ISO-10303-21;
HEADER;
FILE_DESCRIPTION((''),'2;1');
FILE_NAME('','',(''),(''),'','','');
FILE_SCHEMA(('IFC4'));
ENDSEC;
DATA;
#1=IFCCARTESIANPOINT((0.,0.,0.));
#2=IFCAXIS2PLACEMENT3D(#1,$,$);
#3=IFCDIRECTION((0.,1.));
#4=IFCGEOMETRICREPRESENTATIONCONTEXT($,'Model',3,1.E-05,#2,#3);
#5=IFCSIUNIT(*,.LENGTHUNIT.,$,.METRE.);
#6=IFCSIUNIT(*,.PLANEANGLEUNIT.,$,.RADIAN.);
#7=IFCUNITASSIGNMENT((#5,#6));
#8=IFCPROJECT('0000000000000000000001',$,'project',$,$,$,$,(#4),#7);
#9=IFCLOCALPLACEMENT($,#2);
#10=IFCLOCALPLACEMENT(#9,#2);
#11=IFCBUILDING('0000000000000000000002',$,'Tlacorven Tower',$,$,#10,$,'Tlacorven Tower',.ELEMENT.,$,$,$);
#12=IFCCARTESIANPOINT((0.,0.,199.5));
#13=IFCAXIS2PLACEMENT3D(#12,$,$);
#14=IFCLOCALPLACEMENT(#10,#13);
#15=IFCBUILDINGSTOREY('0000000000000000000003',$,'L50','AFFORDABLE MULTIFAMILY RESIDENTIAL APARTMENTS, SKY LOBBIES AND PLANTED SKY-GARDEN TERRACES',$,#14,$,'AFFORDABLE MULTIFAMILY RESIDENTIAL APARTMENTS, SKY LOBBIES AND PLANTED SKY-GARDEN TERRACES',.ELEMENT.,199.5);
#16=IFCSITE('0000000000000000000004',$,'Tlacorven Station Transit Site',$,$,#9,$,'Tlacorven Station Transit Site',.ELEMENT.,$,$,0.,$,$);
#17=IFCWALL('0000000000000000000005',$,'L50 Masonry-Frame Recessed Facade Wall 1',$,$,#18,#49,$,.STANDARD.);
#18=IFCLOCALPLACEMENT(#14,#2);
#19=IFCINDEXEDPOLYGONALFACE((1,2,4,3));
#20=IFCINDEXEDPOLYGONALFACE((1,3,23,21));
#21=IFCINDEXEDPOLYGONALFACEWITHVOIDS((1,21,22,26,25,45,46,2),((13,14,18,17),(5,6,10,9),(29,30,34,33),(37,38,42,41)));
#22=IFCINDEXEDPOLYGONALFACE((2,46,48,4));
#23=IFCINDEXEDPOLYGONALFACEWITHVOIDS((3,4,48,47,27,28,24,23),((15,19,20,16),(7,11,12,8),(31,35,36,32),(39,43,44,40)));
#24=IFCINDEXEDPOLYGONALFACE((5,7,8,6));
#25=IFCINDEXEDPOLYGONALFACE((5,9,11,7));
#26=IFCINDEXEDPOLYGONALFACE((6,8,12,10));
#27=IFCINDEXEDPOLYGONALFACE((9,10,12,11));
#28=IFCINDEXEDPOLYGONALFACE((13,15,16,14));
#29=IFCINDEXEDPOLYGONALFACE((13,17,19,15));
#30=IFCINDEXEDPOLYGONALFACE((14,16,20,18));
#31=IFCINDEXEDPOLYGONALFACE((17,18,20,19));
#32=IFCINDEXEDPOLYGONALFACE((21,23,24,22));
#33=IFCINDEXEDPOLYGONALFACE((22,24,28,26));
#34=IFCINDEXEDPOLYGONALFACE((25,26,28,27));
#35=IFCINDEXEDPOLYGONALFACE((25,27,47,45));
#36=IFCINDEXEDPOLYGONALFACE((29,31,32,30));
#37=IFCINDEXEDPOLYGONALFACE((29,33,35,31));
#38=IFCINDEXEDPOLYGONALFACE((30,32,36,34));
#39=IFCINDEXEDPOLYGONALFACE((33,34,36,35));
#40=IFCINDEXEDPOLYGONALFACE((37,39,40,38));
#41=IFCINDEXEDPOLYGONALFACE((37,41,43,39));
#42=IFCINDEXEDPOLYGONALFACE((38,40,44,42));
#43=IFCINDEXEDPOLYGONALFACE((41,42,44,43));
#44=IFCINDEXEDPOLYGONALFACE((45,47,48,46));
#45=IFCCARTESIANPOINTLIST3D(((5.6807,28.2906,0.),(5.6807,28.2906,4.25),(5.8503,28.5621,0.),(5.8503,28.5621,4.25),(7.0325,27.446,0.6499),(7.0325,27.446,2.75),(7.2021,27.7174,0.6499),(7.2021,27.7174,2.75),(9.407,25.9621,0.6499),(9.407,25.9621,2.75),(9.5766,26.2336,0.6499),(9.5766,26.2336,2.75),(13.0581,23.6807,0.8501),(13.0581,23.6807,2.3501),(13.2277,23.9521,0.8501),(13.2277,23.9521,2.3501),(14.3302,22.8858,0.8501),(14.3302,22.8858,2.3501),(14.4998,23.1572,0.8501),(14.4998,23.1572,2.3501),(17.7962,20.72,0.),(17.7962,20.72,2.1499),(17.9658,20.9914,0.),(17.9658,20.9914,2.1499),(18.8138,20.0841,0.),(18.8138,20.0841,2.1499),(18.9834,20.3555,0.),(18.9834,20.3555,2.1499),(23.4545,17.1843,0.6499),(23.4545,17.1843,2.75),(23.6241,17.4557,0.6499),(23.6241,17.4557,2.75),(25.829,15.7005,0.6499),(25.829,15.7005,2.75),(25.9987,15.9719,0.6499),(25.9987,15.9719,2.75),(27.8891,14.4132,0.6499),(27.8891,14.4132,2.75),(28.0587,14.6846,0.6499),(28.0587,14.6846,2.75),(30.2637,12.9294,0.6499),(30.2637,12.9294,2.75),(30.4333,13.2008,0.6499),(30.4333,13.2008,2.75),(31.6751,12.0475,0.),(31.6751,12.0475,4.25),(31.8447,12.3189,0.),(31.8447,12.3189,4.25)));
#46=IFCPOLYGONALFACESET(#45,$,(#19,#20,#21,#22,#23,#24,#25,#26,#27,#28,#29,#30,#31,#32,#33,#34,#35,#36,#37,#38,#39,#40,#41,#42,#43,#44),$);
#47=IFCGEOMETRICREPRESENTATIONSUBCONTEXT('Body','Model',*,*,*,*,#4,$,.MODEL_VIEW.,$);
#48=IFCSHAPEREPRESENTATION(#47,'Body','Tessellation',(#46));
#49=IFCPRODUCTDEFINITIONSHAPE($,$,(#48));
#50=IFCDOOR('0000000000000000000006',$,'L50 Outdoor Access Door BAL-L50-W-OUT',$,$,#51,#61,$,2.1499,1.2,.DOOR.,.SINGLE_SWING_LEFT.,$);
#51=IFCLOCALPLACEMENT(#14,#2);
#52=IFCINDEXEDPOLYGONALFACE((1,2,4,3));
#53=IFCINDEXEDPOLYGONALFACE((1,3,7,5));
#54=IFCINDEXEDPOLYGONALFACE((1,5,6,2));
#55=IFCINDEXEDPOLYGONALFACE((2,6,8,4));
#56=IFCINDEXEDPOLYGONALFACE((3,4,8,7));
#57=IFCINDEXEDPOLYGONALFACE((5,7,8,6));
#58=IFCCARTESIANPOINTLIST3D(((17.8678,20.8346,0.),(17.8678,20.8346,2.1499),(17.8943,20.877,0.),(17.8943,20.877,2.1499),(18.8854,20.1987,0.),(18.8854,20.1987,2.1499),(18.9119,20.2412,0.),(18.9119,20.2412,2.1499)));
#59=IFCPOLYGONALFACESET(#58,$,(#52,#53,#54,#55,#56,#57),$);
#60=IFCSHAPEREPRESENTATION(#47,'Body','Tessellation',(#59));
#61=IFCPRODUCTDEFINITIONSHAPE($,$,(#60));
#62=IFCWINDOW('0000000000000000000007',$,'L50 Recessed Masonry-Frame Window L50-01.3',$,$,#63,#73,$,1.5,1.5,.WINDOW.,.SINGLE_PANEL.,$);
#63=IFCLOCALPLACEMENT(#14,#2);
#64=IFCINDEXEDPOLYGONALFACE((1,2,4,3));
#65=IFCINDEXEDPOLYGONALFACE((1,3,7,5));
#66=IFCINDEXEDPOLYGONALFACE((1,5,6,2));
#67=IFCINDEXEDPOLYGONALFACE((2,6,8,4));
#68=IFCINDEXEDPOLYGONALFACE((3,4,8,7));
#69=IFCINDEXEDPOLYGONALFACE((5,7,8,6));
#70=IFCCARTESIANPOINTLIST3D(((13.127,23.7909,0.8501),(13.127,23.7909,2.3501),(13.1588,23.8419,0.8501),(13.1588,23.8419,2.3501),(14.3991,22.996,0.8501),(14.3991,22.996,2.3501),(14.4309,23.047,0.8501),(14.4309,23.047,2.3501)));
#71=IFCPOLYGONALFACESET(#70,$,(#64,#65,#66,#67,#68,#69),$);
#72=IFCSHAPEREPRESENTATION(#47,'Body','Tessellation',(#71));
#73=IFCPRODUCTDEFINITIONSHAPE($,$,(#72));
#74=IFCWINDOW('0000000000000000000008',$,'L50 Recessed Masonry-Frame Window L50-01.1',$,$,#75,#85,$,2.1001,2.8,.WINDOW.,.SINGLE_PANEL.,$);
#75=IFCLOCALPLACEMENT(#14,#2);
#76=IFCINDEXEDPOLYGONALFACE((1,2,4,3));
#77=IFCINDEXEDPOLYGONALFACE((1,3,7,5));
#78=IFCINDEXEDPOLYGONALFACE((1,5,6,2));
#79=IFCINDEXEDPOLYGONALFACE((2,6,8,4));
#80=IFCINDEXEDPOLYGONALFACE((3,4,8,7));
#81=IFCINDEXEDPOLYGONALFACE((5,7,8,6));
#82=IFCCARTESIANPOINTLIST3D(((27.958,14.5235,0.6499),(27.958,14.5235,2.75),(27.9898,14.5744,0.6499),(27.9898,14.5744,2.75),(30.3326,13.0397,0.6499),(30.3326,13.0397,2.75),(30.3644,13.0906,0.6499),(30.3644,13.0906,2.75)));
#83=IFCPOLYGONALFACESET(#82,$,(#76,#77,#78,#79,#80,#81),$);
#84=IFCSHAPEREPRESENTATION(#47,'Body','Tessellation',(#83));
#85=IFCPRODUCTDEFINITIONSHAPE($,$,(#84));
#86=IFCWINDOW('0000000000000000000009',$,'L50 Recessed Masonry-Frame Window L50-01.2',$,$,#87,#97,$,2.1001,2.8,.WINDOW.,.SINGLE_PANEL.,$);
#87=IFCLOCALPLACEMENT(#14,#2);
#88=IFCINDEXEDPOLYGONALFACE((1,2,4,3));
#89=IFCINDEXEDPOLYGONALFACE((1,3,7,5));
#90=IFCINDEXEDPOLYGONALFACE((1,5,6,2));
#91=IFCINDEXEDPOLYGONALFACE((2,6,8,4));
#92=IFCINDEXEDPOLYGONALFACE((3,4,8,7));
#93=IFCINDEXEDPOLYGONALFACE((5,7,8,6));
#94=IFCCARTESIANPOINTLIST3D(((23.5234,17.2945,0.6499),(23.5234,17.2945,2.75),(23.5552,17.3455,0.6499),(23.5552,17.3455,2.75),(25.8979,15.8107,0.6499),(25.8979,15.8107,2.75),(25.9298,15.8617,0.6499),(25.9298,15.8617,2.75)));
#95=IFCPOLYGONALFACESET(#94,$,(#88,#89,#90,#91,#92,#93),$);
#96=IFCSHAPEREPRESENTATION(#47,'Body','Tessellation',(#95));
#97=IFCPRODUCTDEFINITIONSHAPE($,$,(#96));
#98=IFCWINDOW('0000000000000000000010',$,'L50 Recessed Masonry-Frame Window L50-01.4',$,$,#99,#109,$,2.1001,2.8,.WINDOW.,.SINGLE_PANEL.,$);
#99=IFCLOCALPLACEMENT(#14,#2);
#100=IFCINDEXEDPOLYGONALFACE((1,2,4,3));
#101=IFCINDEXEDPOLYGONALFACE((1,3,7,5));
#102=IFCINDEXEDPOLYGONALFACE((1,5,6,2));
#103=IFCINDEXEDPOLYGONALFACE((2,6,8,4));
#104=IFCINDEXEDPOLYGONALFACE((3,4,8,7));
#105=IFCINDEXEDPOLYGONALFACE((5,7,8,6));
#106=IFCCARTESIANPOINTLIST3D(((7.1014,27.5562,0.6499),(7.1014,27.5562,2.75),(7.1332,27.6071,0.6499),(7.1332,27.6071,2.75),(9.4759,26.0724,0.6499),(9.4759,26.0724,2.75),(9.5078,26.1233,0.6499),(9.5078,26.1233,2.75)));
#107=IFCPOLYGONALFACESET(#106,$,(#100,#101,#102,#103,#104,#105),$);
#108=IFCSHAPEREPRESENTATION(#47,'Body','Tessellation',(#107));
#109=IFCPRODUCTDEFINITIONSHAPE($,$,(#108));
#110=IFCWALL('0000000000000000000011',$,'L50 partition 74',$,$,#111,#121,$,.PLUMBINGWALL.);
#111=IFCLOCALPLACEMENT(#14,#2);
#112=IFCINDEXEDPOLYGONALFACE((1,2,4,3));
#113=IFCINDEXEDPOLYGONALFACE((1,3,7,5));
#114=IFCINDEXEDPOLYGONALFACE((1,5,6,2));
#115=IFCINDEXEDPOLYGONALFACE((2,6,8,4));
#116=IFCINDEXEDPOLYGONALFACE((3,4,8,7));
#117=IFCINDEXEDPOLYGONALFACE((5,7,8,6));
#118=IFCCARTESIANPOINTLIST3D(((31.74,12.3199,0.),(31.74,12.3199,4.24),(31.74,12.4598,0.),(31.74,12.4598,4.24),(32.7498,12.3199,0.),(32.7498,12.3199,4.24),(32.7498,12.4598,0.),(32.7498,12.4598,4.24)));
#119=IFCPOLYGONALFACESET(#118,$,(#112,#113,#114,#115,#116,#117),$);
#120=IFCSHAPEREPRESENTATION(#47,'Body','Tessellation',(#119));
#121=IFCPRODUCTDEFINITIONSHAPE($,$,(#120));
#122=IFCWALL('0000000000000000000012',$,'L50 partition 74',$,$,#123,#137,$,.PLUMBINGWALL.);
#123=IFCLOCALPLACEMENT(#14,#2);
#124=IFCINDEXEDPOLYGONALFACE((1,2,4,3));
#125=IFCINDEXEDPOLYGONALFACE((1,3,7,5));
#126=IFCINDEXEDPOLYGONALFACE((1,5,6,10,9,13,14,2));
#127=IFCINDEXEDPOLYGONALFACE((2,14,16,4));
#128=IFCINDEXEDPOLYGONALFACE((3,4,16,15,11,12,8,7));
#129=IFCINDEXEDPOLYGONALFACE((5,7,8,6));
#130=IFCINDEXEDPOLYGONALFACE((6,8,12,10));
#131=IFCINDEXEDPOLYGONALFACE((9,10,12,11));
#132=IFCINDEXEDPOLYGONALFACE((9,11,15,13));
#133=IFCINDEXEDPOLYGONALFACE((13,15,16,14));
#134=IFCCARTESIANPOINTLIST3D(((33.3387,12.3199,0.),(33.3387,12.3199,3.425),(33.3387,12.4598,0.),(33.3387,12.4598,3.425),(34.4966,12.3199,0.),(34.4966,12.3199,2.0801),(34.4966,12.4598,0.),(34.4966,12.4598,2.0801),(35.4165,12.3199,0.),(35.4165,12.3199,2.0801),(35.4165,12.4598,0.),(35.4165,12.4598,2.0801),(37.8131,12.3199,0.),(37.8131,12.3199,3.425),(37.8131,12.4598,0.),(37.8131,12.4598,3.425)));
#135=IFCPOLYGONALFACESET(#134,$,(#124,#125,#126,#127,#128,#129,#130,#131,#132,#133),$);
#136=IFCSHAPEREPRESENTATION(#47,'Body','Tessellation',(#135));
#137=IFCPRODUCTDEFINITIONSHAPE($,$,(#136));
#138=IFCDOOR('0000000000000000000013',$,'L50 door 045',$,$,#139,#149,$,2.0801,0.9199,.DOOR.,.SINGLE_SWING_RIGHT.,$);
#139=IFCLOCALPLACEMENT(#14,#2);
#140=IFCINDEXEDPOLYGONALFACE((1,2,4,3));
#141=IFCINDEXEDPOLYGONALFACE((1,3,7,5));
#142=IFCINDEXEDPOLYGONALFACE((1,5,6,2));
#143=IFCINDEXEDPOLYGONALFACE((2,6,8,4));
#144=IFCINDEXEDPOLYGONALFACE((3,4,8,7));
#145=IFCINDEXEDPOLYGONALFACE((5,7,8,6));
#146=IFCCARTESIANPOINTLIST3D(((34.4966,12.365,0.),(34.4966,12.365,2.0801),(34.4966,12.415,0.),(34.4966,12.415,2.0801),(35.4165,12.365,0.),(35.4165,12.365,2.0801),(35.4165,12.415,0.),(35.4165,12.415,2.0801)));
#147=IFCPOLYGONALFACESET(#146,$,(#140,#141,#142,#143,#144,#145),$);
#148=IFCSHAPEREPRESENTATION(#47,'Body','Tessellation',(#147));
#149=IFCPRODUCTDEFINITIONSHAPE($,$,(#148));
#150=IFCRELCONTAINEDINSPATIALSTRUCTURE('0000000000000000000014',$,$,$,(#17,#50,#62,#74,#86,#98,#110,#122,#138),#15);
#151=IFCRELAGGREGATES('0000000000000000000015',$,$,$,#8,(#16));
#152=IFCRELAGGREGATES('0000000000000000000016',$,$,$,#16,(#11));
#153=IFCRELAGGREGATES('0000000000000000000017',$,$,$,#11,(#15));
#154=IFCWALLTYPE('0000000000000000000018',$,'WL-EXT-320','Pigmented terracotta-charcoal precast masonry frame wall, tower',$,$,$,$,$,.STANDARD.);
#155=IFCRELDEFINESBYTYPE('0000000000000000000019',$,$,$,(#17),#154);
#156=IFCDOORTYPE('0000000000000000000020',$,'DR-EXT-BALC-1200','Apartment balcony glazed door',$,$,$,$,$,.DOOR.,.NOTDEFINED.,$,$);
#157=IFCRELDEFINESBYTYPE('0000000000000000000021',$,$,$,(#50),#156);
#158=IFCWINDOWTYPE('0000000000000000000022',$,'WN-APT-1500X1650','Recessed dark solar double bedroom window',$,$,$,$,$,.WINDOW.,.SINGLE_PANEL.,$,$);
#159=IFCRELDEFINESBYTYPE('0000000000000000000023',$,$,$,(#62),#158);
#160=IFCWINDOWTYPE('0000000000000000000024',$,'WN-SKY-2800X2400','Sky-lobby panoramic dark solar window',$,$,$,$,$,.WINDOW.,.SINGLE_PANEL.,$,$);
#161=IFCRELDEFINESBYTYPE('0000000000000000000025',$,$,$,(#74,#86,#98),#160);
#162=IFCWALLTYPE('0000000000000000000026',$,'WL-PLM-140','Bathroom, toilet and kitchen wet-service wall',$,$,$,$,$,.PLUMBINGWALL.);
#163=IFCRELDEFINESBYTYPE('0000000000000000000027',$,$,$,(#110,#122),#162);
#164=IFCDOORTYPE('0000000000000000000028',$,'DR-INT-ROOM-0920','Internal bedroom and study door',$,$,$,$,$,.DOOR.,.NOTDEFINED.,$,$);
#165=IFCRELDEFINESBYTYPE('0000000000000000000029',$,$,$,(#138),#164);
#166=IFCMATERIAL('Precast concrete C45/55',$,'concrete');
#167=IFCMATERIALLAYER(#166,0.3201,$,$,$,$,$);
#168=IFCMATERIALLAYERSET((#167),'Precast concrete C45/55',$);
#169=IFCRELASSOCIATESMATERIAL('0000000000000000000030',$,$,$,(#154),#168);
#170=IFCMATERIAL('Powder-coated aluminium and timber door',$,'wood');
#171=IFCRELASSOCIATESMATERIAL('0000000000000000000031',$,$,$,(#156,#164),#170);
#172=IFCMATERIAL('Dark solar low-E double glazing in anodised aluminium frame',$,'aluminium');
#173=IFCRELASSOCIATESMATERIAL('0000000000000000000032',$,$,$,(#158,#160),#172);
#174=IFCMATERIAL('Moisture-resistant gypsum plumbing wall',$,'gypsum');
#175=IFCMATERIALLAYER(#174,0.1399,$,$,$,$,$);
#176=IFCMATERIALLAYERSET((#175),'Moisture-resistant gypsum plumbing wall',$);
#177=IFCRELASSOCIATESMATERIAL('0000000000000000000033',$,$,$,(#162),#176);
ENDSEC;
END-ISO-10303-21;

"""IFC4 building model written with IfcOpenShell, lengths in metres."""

from ifc_helpers import new_model, si_unit, direction, frame, frame_2d, origin, place, context, subcontext, project, spatial, rectangle, extrude, source, transform, mapped, material, layer, layer_set, type_object, element, fill, save


model = new_model("IFC4")

# Units and contexts
model_context = context("Model", 3, precision=1e-05, world=origin(), true_north=direction((0.0, 1.0)))
body_context = subcontext(model_context, "Body", "Model", "MODEL_VIEW")
ifc_project = project(units=[si_unit("LENGTHUNIT", "METRE"), si_unit("PLANEANGLEUNIT", "RADIAN")], contexts=[model_context])

# Site, building, storey
site_placement = place(None, origin())
site = spatial("IfcSite", under=ifc_project, at=site_placement, Name="Tlacorven Station Transit Site", LongName="Tlacorven Station Transit Site", CompositionType="ELEMENT", RefElevation=0.0)
building_placement = place(site_placement, origin())
building = spatial("IfcBuilding", under=site, at=building_placement, Name="Tlacorven Tower", LongName="Tlacorven Tower", CompositionType="ELEMENT")
storey_placement = place(building_placement, frame((0.0, 0.0, 199.5)))
storey = spatial("IfcBuildingStorey", under=building, at=storey_placement, Name="L50", Description="AFFORDABLE MULTIFAMILY RESIDENTIAL APARTMENTS, SKY LOBBIES AND PLANTED SKY-GARDEN TERRACES", LongName="AFFORDABLE MULTIFAMILY RESIDENTIAL APARTMENTS, SKY LOBBIES AND PLANTED SKY-GARDEN TERRACES", CompositionType="ELEMENT", Elevation=199.5)

# Wall, openings, door, windows
ifc_material_1 = material(Name="Precast concrete C45/55", Category="concrete")
ifc_layer_1 = layer(ifc_material_1, 0.3201)
ifc_layer_set_1 = layer_set([ifc_layer_1], Name="Precast concrete C45/55")
wall_type_1 = type_object("IfcWallType", Name="WL-EXT-320", Description="Pigmented terracotta-charcoal precast masonry frame wall, tower", PredefinedType="STANDARD", material=ifc_layer_set_1)
wall_1_placement = place(storey_placement, frame((31.76, 12.1831, 0.0), z_axis=(0.0, 0.0, 1.0), x_axis=(-0.848047, 0.529921, 0.0)))
wall_1 = element("IfcWall", 1, at=wall_1_placement, inside=storey, type_object=wall_type_1, Name="L50 Masonry-Frame Recessed Facade Wall 1", PredefinedType="STANDARD", context=body_context, shape_type="SweptSolid", body=[
    extrude(rectangle(XDim=30.6521, YDim=0.3201, at=frame_2d((15.3262, 0.0))), origin(), (0.0, 0.0, 1.0), 4.25),
])
opening_1_placement = place(wall_1_placement, frame((15.1658, 0.0, 0.0)))
opening_1 = element("IfcOpeningElement", 2, at=opening_1_placement, cuts=wall_1, PredefinedType="OPENING", context=body_context, shape_type="SweptSolid", body=[
    extrude(rectangle(XDim=1.2, YDim=2.1499, at=frame_2d((0.6001, 1.075))), frame((0.0, 0.1699, 0.0), z_axis=(0.0, -1.0, 0.0), x_axis=(1.0, 0.0, 0.0)), (0.0, 0.0, 1.0), 0.3401),
])
opening_2_placement = place(wall_1_placement, frame((1.6646, 0.0, 0.6499)))
opening_2 = element("IfcOpeningElement", 3, at=opening_2_placement, cuts=wall_1, PredefinedType="OPENING", context=body_context, shape_type="SweptSolid", body=[
    extrude(rectangle(XDim=2.8, YDim=2.1001, at=frame_2d((1.3999, 1.05))), frame((0.0, 0.1699, 0.0), z_axis=(0.0, -1.0, 0.0), x_axis=(1.0, 0.0, 0.0)), (0.0, 0.0, 1.0), 0.3401),
])
opening_3_placement = place(wall_1_placement, frame((6.8938, 0.0, 0.6499)))
opening_3 = element("IfcOpeningElement", 4, at=opening_3_placement, cuts=wall_1, PredefinedType="OPENING", context=body_context, shape_type="SweptSolid", body=[
    extrude(rectangle(XDim=2.8, YDim=2.1001, at=frame_2d((1.3999, 1.05))), frame((0.0, 0.1699, 0.0), z_axis=(0.0, -1.0, 0.0), x_axis=(1.0, 0.0, 0.0)), (0.0, 0.0, 1.0), 0.3401),
])
opening_4_placement = place(wall_1_placement, frame((20.4529, 0.0, 0.8501)))
opening_4 = element("IfcOpeningElement", 5, at=opening_4_placement, cuts=wall_1, PredefinedType="OPENING", context=body_context, shape_type="SweptSolid", body=[
    extrude(rectangle(XDim=1.5, YDim=1.5, at=frame_2d((0.75, 0.75))), frame((0.0, 0.1699, 0.0), z_axis=(0.0, -1.0, 0.0), x_axis=(1.0, 0.0, 0.0)), (0.0, 0.0, 1.0), 0.3401),
])
opening_5_placement = place(wall_1_placement, frame((26.2583, 0.0, 0.6499)))
opening_5 = element("IfcOpeningElement", 6, at=opening_5_placement, cuts=wall_1, PredefinedType="OPENING", context=body_context, shape_type="SweptSolid", body=[
    extrude(rectangle(XDim=2.8, YDim=2.1001, at=frame_2d((1.3999, 1.05))), frame((0.0, 0.1699, 0.0), z_axis=(0.0, -1.0, 0.0), x_axis=(1.0, 0.0, 0.0)), (0.0, 0.0, 1.0), 0.3401),
])
ifc_material_2 = material(Name="Powder-coated aluminium and timber door", Category="wood")
door_type_1 = type_object("IfcDoorType", Name="DR-EXT-BALC-1200", Description="Apartment balcony glazed door", OperationType="NOTDEFINED", PredefinedType="DOOR", material=ifc_material_2)
shared_shape_1 = source(origin(), body_context, "Body", "SweptSolid", [
    extrude(rectangle(XDim=1.2, YDim=2.1499, at=frame_2d((0.6001, 1.075))), frame((0.0, 0.0249, 0.0), z_axis=(0.0, -1.0, 0.0), x_axis=(1.0, 0.0, 0.0)), (0.0, 0.0, 1.0), 0.05),
])
door_1_placement = place(opening_1_placement, origin())
door_1 = element("IfcDoor", 7, at=door_1_placement, inside=storey, type_object=door_type_1, Name="L50 Outdoor Access Door BAL-L50-W-OUT", OperationType="SINGLE_SWING_LEFT", OverallHeight=2.1499, OverallWidth=1.2, PredefinedType="DOOR", context=body_context, shape_type="MappedRepresentation", body=[
    mapped(shared_shape_1, transform((0.0, 0.0, 0.0), scale=1.0)),
])
fill(opening_1, door_1)
ifc_material_3 = material(Name="Dark solar low-E double glazing in anodised aluminium frame", Category="aluminium")
window_type_1 = type_object("IfcWindowType", Name="WN-APT-1500X1650", Description="Recessed dark solar double bedroom window", PartitioningType="SINGLE_PANEL", PredefinedType="WINDOW", material=ifc_material_3)
shared_shape_2 = source(origin(), body_context, "Body", "SweptSolid", [
    extrude(rectangle(XDim=1.5, YDim=1.5, at=frame_2d((0.75, 0.75))), frame((0.0, 0.03, 0.0), z_axis=(0.0, -1.0, 0.0), x_axis=(1.0, 0.0, 0.0)), (0.0, 0.0, 1.0), 0.0601),
])
window_1_placement = place(opening_4_placement, origin())
window_1 = element("IfcWindow", 8, at=window_1_placement, inside=storey, type_object=window_type_1, Name="L50 Recessed Masonry-Frame Window L50-01.3", OverallHeight=1.5, OverallWidth=1.5, PartitioningType="SINGLE_PANEL", PredefinedType="WINDOW", context=body_context, shape_type="MappedRepresentation", body=[
    mapped(shared_shape_2, transform((0.0, 0.0, 0.0), scale=1.0)),
])
fill(opening_4, window_1)
window_type_2 = type_object("IfcWindowType", Name="WN-SKY-2800X2400", Description="Sky-lobby panoramic dark solar window", PartitioningType="SINGLE_PANEL", PredefinedType="WINDOW", material=ifc_material_3)
shared_shape_3 = source(origin(), body_context, "Body", "SweptSolid", [
    extrude(rectangle(XDim=2.8, YDim=2.1001, at=frame_2d((1.3999, 1.05))), frame((0.0, 0.03, 0.0), z_axis=(0.0, -1.0, 0.0), x_axis=(1.0, 0.0, 0.0)), (0.0, 0.0, 1.0), 0.0601),
])
window_2_placement = place(opening_2_placement, origin())
window_2 = element("IfcWindow", 9, at=window_2_placement, inside=storey, type_object=window_type_2, Name="L50 Recessed Masonry-Frame Window L50-01.1", OverallHeight=2.1001, OverallWidth=2.8, PartitioningType="SINGLE_PANEL", PredefinedType="WINDOW", context=body_context, shape_type="MappedRepresentation", body=[
    mapped(shared_shape_3, transform((0.0, 0.0, 0.0), scale=1.0)),
])
fill(opening_2, window_2)
window_3_placement = place(opening_3_placement, origin())
window_3 = element("IfcWindow", 10, at=window_3_placement, inside=storey, type_object=window_type_2, Name="L50 Recessed Masonry-Frame Window L50-01.2", OverallHeight=2.1001, OverallWidth=2.8, PartitioningType="SINGLE_PANEL", PredefinedType="WINDOW", context=body_context, shape_type="MappedRepresentation", body=[
    mapped(shared_shape_3, transform((0.0, 0.0, 0.0), scale=1.0)),
])
fill(opening_3, window_3)
window_4_placement = place(opening_5_placement, origin())
window_4 = element("IfcWindow", 11, at=window_4_placement, inside=storey, type_object=window_type_2, Name="L50 Recessed Masonry-Frame Window L50-01.4", OverallHeight=2.1001, OverallWidth=2.8, PartitioningType="SINGLE_PANEL", PredefinedType="WINDOW", context=body_context, shape_type="MappedRepresentation", body=[
    mapped(shared_shape_3, transform((0.0, 0.0, 0.0), scale=1.0)),
])
fill(opening_5, window_4)

# Wall
ifc_material_4 = material(Name="Moisture-resistant gypsum plumbing wall", Category="gypsum")
ifc_layer_2 = layer(ifc_material_4, 0.1399)
ifc_layer_set_2 = layer_set([ifc_layer_2], Name="Moisture-resistant gypsum plumbing wall")
wall_type_2 = type_object("IfcWallType", Name="WL-PLM-140", Description="Bathroom, toilet and kitchen wet-service wall", PredefinedType="PLUMBINGWALL", material=ifc_layer_set_2)
wall_2_placement = place(storey_placement, frame((31.74, 12.3899, 0.0), z_axis=(0.0, 0.0, 1.0), x_axis=(1.0, 0.0, 0.0)))
element("IfcWall", 12, at=wall_2_placement, inside=storey, type_object=wall_type_2, Name="L50 partition 74", PredefinedType="PLUMBINGWALL", context=body_context, shape_type="SweptSolid", body=[
    extrude(rectangle(XDim=1.0098, YDim=0.1399, at=frame_2d((0.5049, 0.0))), origin(), (0.0, 0.0, 1.0), 4.24),
])

# Wall, opening, door
wall_3_placement = place(storey_placement, frame((33.3386, 12.3899, 0.0), z_axis=(0.0, 0.0, 1.0), x_axis=(1.0, 0.0, 0.0)))
wall_3 = element("IfcWall", 13, at=wall_3_placement, inside=storey, type_object=wall_type_2, Name="L50 partition 74", PredefinedType="PLUMBINGWALL", context=body_context, shape_type="SweptSolid", body=[
    extrude(rectangle(XDim=4.4744, YDim=0.1399, at=frame_2d((2.2373, 0.0))), origin(), (0.0, 0.0, 1.0), 3.425),
])
opening_6_placement = place(wall_3_placement, frame((1.158, 0.0, 0.0)))
opening_6 = element("IfcOpeningElement", 14, at=opening_6_placement, cuts=wall_3, PredefinedType="OPENING", context=body_context, shape_type="SweptSolid", body=[
    extrude(rectangle(XDim=0.9199, YDim=2.0801, at=frame_2d((0.46, 1.04))), frame((0.0, 0.0801, 0.0), z_axis=(0.0, -1.0, 0.0), x_axis=(1.0, 0.0, 0.0)), (0.0, 0.0, 1.0), 0.1599),
])
door_type_2 = type_object("IfcDoorType", Name="DR-INT-ROOM-0920", Description="Internal bedroom and study door", OperationType="NOTDEFINED", PredefinedType="DOOR", material=ifc_material_2)
shared_shape_4 = source(origin(), body_context, "Body", "SweptSolid", [
    extrude(rectangle(XDim=0.9199, YDim=2.0801, at=frame_2d((0.46, 1.04))), frame((0.0, 0.0249, 0.0), z_axis=(0.0, -1.0, 0.0), x_axis=(1.0, 0.0, 0.0)), (0.0, 0.0, 1.0), 0.05),
])
door_2_placement = place(opening_6_placement, frame((0.9199, 0.0, 0.0), z_axis=(0.0, 0.0, 1.0), x_axis=(-1.0, 0.0, 0.0)))
door_2 = element("IfcDoor", 15, at=door_2_placement, inside=storey, type_object=door_type_2, Name="L50 door 045", OperationType="SINGLE_SWING_RIGHT", OverallHeight=2.0801, OverallWidth=0.9199, PredefinedType="DOOR", context=body_context, shape_type="MappedRepresentation", body=[
    mapped(shared_shape_4, transform((0.0, 0.0, 0.0), scale=1.0)),
])
fill(opening_6, door_2)

save(model, "model.ifc")
